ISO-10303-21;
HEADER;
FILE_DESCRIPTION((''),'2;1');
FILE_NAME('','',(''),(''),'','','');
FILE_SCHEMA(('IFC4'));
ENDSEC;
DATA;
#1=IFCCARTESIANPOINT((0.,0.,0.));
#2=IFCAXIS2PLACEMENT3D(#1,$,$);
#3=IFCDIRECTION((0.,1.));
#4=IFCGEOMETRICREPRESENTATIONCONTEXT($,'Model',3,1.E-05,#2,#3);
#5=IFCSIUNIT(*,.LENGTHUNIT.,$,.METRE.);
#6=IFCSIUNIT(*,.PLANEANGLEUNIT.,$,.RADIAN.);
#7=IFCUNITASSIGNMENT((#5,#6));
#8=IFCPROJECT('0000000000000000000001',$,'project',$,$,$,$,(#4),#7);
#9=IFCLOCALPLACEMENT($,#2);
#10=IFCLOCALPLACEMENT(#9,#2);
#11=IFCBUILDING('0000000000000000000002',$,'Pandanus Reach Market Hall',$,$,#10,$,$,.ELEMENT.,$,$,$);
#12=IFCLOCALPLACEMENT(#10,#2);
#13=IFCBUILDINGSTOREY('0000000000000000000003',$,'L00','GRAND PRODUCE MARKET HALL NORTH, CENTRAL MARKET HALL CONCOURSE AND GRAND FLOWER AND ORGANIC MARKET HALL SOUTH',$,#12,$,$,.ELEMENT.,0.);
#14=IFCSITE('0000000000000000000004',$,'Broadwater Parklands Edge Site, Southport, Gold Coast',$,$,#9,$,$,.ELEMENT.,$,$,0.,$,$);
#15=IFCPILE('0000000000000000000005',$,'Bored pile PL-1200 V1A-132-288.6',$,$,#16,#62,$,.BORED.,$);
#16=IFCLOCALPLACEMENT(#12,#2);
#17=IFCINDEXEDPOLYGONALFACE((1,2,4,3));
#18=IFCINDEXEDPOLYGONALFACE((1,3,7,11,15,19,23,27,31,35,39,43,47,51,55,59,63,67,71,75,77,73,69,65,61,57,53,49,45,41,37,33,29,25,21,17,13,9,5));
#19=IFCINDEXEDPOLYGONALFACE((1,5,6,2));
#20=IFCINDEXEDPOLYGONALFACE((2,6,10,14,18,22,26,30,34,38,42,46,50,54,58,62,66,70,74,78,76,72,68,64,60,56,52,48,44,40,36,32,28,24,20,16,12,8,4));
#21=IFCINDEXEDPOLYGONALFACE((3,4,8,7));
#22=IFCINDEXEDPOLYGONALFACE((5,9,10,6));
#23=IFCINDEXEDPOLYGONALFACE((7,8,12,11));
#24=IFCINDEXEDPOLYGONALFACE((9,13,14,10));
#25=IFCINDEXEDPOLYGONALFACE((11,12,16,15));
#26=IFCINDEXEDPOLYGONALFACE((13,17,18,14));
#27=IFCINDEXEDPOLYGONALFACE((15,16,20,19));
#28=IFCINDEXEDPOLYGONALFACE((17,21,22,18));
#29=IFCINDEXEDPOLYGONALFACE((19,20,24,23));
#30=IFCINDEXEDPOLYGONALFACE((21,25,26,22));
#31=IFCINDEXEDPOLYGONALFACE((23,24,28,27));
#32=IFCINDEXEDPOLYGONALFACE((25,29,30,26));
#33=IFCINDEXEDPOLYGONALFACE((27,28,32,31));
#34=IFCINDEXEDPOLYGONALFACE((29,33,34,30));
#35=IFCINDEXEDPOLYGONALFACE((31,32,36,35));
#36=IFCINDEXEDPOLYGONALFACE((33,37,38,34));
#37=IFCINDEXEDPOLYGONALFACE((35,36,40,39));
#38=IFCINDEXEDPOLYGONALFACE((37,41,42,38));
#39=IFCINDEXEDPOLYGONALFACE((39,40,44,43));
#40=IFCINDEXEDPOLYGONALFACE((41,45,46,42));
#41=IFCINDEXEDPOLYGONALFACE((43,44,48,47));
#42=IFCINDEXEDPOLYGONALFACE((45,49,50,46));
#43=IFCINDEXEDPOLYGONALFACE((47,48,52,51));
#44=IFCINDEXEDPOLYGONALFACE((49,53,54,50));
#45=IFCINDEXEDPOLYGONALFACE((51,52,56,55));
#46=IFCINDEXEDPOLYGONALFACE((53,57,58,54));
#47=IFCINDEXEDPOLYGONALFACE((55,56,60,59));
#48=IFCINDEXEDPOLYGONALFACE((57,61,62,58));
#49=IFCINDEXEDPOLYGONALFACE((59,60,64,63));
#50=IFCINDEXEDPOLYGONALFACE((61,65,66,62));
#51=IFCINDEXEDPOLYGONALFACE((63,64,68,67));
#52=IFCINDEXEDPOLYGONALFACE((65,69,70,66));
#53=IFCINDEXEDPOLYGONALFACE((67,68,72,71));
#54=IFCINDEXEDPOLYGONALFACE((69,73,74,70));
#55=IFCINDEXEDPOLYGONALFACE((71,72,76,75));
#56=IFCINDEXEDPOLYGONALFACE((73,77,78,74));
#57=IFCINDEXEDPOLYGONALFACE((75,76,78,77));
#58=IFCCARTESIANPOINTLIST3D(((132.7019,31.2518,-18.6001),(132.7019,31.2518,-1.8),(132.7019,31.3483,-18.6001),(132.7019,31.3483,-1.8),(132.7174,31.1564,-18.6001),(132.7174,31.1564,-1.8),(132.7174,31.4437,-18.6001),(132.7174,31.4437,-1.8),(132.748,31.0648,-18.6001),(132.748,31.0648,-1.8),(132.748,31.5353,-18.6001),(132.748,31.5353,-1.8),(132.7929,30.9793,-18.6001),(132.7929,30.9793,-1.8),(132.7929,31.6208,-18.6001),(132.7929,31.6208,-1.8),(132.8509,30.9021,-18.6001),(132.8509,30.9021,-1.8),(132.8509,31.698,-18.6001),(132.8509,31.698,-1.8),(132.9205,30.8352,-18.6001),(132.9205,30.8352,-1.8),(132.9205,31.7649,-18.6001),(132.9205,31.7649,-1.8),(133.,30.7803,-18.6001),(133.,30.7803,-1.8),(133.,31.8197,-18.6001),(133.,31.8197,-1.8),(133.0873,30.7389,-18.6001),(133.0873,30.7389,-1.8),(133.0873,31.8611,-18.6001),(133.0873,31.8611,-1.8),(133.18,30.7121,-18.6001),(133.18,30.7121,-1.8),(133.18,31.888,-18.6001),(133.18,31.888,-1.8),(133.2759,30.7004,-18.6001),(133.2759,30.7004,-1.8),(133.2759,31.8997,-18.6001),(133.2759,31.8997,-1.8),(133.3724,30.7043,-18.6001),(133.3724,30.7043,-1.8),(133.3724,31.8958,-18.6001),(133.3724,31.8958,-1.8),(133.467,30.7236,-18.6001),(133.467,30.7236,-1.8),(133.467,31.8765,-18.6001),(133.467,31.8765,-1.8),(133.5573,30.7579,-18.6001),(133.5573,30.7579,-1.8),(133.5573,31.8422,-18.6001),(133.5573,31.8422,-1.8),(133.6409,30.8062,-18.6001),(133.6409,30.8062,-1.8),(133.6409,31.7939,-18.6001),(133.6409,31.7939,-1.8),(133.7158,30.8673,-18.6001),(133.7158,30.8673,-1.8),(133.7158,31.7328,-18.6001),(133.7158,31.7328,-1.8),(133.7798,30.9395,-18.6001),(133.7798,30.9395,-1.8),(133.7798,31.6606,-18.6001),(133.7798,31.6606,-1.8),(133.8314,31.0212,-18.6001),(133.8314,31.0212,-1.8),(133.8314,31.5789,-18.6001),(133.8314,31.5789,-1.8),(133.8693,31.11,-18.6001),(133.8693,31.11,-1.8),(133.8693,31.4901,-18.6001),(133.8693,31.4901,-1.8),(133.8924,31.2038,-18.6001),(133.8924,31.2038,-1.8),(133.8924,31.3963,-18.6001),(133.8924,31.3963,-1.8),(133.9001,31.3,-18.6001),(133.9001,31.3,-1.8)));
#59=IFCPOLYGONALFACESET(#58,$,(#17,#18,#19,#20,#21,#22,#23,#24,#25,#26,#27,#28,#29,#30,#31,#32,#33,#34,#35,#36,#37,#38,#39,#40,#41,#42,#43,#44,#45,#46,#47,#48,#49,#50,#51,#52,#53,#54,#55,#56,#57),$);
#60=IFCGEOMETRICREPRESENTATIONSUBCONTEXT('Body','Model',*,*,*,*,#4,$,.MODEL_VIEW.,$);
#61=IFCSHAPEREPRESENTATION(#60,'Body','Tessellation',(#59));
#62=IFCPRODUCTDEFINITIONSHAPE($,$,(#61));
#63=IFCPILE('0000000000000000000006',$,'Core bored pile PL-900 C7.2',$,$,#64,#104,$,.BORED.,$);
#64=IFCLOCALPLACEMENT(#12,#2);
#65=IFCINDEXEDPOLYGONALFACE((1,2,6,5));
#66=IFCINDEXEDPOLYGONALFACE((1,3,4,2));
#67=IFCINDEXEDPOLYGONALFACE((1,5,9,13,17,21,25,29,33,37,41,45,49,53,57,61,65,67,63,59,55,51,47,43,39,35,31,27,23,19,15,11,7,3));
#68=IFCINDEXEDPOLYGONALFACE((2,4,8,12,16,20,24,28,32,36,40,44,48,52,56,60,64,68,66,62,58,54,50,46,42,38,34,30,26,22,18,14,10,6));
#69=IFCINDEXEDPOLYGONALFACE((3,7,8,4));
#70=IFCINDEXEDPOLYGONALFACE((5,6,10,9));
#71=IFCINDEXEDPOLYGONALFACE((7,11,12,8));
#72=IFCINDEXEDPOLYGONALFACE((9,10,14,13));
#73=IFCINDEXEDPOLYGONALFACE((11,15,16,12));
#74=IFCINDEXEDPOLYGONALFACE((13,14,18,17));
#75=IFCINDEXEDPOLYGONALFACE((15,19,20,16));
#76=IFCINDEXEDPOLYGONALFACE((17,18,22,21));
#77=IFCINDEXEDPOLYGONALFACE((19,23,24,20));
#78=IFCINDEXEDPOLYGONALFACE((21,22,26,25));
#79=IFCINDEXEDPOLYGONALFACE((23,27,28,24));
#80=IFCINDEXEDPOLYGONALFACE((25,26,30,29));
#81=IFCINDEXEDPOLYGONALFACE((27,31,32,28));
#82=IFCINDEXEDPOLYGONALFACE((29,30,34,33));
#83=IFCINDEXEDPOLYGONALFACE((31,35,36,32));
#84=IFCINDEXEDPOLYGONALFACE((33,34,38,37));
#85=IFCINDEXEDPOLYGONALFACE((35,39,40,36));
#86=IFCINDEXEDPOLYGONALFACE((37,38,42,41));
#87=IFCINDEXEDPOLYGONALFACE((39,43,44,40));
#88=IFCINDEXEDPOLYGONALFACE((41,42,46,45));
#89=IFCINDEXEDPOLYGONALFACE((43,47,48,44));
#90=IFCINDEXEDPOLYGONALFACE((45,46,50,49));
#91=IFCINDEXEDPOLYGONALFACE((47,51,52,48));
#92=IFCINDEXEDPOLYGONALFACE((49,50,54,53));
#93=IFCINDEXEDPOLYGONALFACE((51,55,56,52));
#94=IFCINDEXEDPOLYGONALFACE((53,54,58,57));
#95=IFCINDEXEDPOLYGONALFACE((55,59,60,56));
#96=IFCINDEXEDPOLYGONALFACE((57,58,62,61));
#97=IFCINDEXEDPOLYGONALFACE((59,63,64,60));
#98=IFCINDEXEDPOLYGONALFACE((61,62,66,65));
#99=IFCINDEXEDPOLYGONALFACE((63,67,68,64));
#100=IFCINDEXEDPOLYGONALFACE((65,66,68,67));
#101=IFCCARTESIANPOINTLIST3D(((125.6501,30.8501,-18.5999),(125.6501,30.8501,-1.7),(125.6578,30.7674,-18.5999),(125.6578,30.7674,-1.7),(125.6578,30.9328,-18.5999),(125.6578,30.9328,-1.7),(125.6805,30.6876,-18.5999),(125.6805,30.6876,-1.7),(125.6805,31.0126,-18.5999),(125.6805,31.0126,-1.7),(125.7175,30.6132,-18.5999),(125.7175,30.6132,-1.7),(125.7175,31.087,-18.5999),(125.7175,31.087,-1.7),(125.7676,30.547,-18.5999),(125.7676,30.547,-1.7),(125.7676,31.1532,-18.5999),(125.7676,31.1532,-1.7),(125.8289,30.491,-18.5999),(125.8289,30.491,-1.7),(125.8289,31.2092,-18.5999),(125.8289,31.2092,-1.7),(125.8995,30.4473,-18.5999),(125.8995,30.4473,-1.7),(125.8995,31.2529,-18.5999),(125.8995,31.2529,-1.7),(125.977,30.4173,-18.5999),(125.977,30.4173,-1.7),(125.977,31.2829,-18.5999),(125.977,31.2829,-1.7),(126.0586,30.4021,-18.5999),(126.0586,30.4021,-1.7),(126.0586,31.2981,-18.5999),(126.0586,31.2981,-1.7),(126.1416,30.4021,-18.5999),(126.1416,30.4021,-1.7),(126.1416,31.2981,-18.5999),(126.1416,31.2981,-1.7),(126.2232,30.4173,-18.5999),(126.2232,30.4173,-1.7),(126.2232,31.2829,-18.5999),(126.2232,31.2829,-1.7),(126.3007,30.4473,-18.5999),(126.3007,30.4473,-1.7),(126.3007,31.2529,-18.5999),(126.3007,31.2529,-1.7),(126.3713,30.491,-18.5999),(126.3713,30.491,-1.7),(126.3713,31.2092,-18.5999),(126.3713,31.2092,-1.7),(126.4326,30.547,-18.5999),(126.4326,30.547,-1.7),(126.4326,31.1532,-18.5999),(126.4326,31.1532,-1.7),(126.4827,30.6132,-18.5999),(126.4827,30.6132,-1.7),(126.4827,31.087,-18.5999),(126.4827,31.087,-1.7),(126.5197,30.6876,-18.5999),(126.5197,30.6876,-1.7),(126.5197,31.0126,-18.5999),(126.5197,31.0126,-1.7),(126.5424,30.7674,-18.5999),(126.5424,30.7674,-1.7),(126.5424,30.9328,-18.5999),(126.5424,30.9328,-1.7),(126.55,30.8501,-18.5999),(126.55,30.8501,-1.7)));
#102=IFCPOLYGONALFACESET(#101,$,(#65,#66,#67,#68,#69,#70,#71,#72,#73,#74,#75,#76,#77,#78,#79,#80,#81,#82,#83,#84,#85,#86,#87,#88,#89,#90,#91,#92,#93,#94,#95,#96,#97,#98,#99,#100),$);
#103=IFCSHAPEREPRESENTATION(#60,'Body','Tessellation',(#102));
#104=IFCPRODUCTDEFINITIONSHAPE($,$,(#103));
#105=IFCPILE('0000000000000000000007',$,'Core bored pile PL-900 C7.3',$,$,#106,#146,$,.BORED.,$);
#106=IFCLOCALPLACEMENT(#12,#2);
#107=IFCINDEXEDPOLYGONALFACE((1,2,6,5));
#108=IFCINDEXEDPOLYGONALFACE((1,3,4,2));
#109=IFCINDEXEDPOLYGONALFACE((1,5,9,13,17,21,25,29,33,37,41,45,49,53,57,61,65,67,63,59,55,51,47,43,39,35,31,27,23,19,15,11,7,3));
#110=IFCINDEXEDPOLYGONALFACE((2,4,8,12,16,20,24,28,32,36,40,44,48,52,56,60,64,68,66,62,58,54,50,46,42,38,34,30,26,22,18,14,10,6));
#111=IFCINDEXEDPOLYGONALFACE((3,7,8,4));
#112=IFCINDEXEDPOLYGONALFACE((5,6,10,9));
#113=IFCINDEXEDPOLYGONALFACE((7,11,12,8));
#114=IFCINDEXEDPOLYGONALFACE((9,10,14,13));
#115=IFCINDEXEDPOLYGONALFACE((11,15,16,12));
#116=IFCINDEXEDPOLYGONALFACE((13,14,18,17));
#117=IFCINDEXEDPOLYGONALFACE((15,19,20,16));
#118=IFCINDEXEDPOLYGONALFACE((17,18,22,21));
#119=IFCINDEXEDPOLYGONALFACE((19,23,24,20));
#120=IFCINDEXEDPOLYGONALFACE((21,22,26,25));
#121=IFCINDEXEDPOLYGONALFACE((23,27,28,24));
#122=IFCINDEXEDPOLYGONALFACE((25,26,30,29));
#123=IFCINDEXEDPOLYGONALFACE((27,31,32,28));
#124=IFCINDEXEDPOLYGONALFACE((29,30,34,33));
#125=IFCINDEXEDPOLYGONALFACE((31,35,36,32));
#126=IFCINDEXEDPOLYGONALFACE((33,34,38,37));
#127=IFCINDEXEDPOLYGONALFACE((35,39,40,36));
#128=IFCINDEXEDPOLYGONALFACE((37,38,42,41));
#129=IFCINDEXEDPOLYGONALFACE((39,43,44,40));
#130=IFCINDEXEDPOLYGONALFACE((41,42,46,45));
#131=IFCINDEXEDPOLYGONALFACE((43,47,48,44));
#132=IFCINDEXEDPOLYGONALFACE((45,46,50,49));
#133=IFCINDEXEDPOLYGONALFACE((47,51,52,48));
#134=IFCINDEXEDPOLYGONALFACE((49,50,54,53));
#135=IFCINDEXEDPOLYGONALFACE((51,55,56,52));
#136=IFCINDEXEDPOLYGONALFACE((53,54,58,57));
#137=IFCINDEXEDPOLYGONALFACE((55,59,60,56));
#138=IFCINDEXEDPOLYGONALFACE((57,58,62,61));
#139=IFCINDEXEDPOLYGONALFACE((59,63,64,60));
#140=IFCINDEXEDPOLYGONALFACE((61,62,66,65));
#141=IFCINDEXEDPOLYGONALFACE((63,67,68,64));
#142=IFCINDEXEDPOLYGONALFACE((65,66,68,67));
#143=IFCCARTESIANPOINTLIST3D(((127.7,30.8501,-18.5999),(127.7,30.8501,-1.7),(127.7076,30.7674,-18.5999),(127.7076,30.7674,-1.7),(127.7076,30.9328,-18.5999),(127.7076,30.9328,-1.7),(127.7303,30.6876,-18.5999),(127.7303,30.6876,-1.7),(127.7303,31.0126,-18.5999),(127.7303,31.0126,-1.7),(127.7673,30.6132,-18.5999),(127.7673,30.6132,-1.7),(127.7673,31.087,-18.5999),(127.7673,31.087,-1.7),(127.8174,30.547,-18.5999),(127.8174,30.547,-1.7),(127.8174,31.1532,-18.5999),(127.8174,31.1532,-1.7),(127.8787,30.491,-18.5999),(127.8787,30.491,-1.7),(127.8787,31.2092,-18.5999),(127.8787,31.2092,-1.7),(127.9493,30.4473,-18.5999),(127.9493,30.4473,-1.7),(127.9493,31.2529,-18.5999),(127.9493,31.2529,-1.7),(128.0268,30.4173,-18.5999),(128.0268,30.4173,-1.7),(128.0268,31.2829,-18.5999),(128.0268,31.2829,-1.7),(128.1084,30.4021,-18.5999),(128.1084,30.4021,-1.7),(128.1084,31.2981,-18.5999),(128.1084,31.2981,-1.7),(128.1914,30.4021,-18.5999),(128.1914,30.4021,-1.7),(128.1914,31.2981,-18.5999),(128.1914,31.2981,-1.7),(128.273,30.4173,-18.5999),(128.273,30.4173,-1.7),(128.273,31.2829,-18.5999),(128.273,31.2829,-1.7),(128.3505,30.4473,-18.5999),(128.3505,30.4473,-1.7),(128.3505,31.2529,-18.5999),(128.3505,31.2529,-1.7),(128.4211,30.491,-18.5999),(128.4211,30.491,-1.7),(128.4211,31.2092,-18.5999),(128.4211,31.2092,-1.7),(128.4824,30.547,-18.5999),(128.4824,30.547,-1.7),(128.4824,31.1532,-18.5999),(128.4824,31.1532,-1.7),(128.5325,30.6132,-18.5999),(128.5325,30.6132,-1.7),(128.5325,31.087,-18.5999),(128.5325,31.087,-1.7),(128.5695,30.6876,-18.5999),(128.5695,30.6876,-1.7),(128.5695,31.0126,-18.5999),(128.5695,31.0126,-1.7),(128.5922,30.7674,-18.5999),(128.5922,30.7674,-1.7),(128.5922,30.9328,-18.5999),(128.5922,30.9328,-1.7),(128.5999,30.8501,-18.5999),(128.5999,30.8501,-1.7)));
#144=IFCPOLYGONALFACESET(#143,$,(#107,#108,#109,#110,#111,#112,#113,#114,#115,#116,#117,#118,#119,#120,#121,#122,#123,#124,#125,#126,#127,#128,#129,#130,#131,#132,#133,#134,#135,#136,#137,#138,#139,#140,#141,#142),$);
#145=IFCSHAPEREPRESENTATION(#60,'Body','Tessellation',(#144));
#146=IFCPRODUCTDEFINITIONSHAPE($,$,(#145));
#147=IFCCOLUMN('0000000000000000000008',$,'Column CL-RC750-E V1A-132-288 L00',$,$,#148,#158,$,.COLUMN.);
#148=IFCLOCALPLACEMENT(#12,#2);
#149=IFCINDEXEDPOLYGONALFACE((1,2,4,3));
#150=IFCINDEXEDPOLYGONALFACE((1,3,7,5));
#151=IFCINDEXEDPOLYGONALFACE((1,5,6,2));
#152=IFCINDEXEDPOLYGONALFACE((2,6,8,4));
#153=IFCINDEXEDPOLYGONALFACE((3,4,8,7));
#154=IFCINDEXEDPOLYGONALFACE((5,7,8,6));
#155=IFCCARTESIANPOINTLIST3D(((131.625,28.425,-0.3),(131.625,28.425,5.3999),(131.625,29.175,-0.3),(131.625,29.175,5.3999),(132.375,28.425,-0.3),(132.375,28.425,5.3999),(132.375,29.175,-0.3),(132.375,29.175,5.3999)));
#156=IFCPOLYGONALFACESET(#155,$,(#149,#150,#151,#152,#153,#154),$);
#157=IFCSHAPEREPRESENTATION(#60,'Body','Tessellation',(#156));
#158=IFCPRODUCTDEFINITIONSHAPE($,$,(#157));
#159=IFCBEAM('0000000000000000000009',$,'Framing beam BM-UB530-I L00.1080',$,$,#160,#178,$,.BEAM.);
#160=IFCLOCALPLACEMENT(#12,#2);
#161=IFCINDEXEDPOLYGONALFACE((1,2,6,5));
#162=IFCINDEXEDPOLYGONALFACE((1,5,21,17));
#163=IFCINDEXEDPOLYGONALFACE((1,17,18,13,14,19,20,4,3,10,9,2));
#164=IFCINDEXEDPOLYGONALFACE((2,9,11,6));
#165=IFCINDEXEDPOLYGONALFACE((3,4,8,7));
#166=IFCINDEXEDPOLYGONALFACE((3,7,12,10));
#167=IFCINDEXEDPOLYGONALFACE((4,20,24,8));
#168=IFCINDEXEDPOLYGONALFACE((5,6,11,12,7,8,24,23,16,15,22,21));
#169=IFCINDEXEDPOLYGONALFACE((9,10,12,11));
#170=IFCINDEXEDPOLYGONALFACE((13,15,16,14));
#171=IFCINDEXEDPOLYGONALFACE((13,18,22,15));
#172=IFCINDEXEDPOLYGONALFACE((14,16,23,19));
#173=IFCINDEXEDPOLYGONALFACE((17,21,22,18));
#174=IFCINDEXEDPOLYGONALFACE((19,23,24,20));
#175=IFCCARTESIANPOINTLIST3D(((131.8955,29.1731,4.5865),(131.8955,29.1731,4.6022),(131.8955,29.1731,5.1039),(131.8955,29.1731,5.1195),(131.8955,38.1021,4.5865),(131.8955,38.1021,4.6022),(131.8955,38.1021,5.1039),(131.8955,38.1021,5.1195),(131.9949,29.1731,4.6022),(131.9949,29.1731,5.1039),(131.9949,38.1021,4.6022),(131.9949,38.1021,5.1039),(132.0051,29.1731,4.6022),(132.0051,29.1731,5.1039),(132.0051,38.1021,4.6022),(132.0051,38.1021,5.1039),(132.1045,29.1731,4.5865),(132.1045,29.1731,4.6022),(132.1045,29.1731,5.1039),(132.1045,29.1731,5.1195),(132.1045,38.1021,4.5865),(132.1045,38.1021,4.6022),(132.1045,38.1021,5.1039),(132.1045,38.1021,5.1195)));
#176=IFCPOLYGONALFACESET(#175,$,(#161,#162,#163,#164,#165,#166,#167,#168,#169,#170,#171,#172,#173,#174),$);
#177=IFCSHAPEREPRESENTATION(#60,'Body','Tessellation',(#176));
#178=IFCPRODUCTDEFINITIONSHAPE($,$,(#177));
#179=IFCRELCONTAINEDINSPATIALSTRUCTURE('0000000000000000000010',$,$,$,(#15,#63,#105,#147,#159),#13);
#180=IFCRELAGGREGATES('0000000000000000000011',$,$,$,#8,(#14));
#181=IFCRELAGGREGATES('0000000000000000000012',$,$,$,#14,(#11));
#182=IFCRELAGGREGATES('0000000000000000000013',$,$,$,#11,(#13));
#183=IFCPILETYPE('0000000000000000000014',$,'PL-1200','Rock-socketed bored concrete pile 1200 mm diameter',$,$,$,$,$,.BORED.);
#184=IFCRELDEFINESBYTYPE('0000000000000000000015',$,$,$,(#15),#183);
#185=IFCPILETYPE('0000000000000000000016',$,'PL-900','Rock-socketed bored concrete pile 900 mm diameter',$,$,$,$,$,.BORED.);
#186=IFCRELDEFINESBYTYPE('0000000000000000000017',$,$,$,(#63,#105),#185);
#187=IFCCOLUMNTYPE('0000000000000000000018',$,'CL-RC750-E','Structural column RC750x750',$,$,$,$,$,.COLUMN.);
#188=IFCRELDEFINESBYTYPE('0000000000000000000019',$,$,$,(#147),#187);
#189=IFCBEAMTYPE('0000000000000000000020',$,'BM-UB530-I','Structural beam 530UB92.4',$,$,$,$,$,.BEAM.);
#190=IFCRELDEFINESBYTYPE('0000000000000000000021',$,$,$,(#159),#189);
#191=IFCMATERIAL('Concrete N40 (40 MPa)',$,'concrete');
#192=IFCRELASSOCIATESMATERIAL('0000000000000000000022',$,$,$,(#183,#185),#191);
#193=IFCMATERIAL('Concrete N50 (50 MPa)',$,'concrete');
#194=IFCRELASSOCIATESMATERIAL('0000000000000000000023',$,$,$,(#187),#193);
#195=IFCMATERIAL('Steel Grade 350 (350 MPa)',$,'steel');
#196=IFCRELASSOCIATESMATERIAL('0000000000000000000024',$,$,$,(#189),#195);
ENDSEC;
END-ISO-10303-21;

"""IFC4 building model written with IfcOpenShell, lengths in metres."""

from ifc_helpers import new_model, si_unit, direction, frame, origin, origin_2d, place, context, subcontext, project, spatial, rectangle, circle, i_section, extrude, material, material_profile, profile_set, type_object, element, save


model = new_model("IFC4")

# Units and contexts
model_context = context("Model", 3, precision=1e-05, world=origin(), true_north=direction((0.0, 1.0)))
body_context = subcontext(model_context, "Body", "Model", "MODEL_VIEW")
ifc_project = project(units=[si_unit("LENGTHUNIT", "METRE"), si_unit("PLANEANGLEUNIT", "RADIAN")], contexts=[model_context])

# Site, building, storey
site_placement = place(None, origin())
site = spatial("IfcSite", under=ifc_project, at=site_placement, Name="Broadwater Parklands Edge Site, Southport, Gold Coast", CompositionType="ELEMENT", RefElevation=0.0)
building_placement = place(site_placement, origin())
building = spatial("IfcBuilding", under=site, at=building_placement, Name="Pandanus Reach Market Hall", CompositionType="ELEMENT")
storey_placement = place(building_placement, origin())
storey = spatial("IfcBuildingStorey", under=building, at=storey_placement, Name="L00", Description="GRAND PRODUCE MARKET HALL NORTH, CENTRAL MARKET HALL CONCOURSE AND GRAND FLOWER AND ORGANIC MARKET HALL SOUTH", CompositionType="ELEMENT", Elevation=0.0)

# Shared definitions
ifc_material_1 = material(Name="Concrete N40 (40 MPa)", Category="concrete")

# Piles
ifc_material_profile_1 = material_profile(ifc_material_1, circle(Radius=0.6001, at=origin_2d()), Name="PILE-1200D", Category="LoadBearing")
ifc_profile_set_1 = profile_set([ifc_material_profile_1], Name="Concrete N40 (40 MPa)")
pile_type_1 = type_object("IfcPileType", Name="PL-1200", Description="Rock-socketed bored concrete pile 1200 mm diameter", PredefinedType="BORED", material=ifc_profile_set_1)
for number, where, z_axis, x_axis, name in (
    (1, (133.3, 31.3, -1.8), (0.0, 0.0, -1.0), (1.0, 0.0, 0.0), "Bored pile PL-1200 V1A-132-288.6"),
):
    element("IfcPile", number, at=place(storey_placement, frame(where, z_axis=z_axis, x_axis=x_axis)), inside=storey, type_object=pile_type_1, Name=name, PredefinedType="BORED", context=body_context, shape_type="SweptSolid", body=[
        extrude(circle(Radius=0.6001, at=origin_2d()), origin(), (0.0, 0.0, 1.0), 16.8),
    ])
ifc_material_profile_2 = material_profile(ifc_material_1, circle(Radius=0.45, at=origin_2d()), Name="PILE-900D", Category="LoadBearing")
ifc_profile_set_2 = profile_set([ifc_material_profile_2], Name="Concrete N40 (40 MPa)")
pile_type_2 = type_object("IfcPileType", Name="PL-900", Description="Rock-socketed bored concrete pile 900 mm diameter", PredefinedType="BORED", material=ifc_profile_set_2)
for number, where, z_axis, x_axis, name in (
    (2, (126.1001, 30.8501, -1.7), (0.0, 0.0, -1.0), (1.0, 0.0, 0.0), "Core bored pile PL-900 C7.2"),
    (3, (128.1499, 30.8501, -1.7), (0.0, 0.0, -1.0), (1.0, 0.0, 0.0), "Core bored pile PL-900 C7.3"),
):
    element("IfcPile", number, at=place(storey_placement, frame(where, z_axis=z_axis, x_axis=x_axis)), inside=storey, type_object=pile_type_2, Name=name, PredefinedType="BORED", context=body_context, shape_type="SweptSolid", body=[
        extrude(circle(Radius=0.45, at=origin_2d()), origin(), (0.0, 0.0, 1.0), 16.8999),
    ])

# Column
ifc_material_2 = material(Name="Concrete N50 (50 MPa)", Category="concrete")
ifc_material_profile_3 = material_profile(ifc_material_2, rectangle(XDim=0.75, YDim=0.75, at=origin_2d()), Name="RC750x750", Category="LoadBearing")
ifc_profile_set_3 = profile_set([ifc_material_profile_3], Name="Concrete N50 (50 MPa)")
column_type = type_object("IfcColumnType", Name="CL-RC750-E", Description="Structural column RC750x750", PredefinedType="COLUMN", material=ifc_profile_set_3)
column_placement = place(storey_placement, frame((132.0, 28.8, -0.3), z_axis=(0.0, 0.0, 1.0), x_axis=(1.0, 0.0, 0.0)))
element("IfcColumn", 4, at=column_placement, inside=storey, type_object=column_type, Name="Column CL-RC750-E V1A-132-288 L00", PredefinedType="COLUMN", context=body_context, shape_type="SweptSolid", body=[
    extrude(rectangle(XDim=0.75, YDim=0.75, at=origin_2d()), origin(), (0.0, 0.0, 1.0), 5.7),
])

# Beam
ifc_material_3 = material(Name="Steel Grade 350 (350 MPa)", Category="steel")
ifc_material_profile_4 = material_profile(ifc_material_3, i_section(OverallWidth=0.209, OverallDepth=0.533, WebThickness=0.0103, FlangeThickness=0.0156, at=origin_2d()), Name="530UB92.4", Category="LoadBearing")
ifc_profile_set_4 = profile_set([ifc_material_profile_4], Name="Steel Grade 350 (350 MPa)")
beam_type = type_object("IfcBeamType", Name="BM-UB530-I", Description="Structural beam 530UB92.4", PredefinedType="BEAM", material=ifc_profile_set_4)
beam_placement = place(storey_placement, frame((132.0, 29.1731, 4.853), z_axis=(0.0, 1.0, 0.0), x_axis=(-1.0, 0.0, 0.0)))
element("IfcBeam", 5, at=beam_placement, inside=storey, type_object=beam_type, Name="Framing beam BM-UB530-I L00.1080", PredefinedType="BEAM", context=body_context, shape_type="SweptSolid", body=[
    extrude(i_section(OverallWidth=0.209, OverallDepth=0.533, WebThickness=0.0103, FlangeThickness=0.0156, at=origin_2d()), origin(), (0.0, 0.0, 1.0), 8.929),
])

save(model, "model.ifc")
